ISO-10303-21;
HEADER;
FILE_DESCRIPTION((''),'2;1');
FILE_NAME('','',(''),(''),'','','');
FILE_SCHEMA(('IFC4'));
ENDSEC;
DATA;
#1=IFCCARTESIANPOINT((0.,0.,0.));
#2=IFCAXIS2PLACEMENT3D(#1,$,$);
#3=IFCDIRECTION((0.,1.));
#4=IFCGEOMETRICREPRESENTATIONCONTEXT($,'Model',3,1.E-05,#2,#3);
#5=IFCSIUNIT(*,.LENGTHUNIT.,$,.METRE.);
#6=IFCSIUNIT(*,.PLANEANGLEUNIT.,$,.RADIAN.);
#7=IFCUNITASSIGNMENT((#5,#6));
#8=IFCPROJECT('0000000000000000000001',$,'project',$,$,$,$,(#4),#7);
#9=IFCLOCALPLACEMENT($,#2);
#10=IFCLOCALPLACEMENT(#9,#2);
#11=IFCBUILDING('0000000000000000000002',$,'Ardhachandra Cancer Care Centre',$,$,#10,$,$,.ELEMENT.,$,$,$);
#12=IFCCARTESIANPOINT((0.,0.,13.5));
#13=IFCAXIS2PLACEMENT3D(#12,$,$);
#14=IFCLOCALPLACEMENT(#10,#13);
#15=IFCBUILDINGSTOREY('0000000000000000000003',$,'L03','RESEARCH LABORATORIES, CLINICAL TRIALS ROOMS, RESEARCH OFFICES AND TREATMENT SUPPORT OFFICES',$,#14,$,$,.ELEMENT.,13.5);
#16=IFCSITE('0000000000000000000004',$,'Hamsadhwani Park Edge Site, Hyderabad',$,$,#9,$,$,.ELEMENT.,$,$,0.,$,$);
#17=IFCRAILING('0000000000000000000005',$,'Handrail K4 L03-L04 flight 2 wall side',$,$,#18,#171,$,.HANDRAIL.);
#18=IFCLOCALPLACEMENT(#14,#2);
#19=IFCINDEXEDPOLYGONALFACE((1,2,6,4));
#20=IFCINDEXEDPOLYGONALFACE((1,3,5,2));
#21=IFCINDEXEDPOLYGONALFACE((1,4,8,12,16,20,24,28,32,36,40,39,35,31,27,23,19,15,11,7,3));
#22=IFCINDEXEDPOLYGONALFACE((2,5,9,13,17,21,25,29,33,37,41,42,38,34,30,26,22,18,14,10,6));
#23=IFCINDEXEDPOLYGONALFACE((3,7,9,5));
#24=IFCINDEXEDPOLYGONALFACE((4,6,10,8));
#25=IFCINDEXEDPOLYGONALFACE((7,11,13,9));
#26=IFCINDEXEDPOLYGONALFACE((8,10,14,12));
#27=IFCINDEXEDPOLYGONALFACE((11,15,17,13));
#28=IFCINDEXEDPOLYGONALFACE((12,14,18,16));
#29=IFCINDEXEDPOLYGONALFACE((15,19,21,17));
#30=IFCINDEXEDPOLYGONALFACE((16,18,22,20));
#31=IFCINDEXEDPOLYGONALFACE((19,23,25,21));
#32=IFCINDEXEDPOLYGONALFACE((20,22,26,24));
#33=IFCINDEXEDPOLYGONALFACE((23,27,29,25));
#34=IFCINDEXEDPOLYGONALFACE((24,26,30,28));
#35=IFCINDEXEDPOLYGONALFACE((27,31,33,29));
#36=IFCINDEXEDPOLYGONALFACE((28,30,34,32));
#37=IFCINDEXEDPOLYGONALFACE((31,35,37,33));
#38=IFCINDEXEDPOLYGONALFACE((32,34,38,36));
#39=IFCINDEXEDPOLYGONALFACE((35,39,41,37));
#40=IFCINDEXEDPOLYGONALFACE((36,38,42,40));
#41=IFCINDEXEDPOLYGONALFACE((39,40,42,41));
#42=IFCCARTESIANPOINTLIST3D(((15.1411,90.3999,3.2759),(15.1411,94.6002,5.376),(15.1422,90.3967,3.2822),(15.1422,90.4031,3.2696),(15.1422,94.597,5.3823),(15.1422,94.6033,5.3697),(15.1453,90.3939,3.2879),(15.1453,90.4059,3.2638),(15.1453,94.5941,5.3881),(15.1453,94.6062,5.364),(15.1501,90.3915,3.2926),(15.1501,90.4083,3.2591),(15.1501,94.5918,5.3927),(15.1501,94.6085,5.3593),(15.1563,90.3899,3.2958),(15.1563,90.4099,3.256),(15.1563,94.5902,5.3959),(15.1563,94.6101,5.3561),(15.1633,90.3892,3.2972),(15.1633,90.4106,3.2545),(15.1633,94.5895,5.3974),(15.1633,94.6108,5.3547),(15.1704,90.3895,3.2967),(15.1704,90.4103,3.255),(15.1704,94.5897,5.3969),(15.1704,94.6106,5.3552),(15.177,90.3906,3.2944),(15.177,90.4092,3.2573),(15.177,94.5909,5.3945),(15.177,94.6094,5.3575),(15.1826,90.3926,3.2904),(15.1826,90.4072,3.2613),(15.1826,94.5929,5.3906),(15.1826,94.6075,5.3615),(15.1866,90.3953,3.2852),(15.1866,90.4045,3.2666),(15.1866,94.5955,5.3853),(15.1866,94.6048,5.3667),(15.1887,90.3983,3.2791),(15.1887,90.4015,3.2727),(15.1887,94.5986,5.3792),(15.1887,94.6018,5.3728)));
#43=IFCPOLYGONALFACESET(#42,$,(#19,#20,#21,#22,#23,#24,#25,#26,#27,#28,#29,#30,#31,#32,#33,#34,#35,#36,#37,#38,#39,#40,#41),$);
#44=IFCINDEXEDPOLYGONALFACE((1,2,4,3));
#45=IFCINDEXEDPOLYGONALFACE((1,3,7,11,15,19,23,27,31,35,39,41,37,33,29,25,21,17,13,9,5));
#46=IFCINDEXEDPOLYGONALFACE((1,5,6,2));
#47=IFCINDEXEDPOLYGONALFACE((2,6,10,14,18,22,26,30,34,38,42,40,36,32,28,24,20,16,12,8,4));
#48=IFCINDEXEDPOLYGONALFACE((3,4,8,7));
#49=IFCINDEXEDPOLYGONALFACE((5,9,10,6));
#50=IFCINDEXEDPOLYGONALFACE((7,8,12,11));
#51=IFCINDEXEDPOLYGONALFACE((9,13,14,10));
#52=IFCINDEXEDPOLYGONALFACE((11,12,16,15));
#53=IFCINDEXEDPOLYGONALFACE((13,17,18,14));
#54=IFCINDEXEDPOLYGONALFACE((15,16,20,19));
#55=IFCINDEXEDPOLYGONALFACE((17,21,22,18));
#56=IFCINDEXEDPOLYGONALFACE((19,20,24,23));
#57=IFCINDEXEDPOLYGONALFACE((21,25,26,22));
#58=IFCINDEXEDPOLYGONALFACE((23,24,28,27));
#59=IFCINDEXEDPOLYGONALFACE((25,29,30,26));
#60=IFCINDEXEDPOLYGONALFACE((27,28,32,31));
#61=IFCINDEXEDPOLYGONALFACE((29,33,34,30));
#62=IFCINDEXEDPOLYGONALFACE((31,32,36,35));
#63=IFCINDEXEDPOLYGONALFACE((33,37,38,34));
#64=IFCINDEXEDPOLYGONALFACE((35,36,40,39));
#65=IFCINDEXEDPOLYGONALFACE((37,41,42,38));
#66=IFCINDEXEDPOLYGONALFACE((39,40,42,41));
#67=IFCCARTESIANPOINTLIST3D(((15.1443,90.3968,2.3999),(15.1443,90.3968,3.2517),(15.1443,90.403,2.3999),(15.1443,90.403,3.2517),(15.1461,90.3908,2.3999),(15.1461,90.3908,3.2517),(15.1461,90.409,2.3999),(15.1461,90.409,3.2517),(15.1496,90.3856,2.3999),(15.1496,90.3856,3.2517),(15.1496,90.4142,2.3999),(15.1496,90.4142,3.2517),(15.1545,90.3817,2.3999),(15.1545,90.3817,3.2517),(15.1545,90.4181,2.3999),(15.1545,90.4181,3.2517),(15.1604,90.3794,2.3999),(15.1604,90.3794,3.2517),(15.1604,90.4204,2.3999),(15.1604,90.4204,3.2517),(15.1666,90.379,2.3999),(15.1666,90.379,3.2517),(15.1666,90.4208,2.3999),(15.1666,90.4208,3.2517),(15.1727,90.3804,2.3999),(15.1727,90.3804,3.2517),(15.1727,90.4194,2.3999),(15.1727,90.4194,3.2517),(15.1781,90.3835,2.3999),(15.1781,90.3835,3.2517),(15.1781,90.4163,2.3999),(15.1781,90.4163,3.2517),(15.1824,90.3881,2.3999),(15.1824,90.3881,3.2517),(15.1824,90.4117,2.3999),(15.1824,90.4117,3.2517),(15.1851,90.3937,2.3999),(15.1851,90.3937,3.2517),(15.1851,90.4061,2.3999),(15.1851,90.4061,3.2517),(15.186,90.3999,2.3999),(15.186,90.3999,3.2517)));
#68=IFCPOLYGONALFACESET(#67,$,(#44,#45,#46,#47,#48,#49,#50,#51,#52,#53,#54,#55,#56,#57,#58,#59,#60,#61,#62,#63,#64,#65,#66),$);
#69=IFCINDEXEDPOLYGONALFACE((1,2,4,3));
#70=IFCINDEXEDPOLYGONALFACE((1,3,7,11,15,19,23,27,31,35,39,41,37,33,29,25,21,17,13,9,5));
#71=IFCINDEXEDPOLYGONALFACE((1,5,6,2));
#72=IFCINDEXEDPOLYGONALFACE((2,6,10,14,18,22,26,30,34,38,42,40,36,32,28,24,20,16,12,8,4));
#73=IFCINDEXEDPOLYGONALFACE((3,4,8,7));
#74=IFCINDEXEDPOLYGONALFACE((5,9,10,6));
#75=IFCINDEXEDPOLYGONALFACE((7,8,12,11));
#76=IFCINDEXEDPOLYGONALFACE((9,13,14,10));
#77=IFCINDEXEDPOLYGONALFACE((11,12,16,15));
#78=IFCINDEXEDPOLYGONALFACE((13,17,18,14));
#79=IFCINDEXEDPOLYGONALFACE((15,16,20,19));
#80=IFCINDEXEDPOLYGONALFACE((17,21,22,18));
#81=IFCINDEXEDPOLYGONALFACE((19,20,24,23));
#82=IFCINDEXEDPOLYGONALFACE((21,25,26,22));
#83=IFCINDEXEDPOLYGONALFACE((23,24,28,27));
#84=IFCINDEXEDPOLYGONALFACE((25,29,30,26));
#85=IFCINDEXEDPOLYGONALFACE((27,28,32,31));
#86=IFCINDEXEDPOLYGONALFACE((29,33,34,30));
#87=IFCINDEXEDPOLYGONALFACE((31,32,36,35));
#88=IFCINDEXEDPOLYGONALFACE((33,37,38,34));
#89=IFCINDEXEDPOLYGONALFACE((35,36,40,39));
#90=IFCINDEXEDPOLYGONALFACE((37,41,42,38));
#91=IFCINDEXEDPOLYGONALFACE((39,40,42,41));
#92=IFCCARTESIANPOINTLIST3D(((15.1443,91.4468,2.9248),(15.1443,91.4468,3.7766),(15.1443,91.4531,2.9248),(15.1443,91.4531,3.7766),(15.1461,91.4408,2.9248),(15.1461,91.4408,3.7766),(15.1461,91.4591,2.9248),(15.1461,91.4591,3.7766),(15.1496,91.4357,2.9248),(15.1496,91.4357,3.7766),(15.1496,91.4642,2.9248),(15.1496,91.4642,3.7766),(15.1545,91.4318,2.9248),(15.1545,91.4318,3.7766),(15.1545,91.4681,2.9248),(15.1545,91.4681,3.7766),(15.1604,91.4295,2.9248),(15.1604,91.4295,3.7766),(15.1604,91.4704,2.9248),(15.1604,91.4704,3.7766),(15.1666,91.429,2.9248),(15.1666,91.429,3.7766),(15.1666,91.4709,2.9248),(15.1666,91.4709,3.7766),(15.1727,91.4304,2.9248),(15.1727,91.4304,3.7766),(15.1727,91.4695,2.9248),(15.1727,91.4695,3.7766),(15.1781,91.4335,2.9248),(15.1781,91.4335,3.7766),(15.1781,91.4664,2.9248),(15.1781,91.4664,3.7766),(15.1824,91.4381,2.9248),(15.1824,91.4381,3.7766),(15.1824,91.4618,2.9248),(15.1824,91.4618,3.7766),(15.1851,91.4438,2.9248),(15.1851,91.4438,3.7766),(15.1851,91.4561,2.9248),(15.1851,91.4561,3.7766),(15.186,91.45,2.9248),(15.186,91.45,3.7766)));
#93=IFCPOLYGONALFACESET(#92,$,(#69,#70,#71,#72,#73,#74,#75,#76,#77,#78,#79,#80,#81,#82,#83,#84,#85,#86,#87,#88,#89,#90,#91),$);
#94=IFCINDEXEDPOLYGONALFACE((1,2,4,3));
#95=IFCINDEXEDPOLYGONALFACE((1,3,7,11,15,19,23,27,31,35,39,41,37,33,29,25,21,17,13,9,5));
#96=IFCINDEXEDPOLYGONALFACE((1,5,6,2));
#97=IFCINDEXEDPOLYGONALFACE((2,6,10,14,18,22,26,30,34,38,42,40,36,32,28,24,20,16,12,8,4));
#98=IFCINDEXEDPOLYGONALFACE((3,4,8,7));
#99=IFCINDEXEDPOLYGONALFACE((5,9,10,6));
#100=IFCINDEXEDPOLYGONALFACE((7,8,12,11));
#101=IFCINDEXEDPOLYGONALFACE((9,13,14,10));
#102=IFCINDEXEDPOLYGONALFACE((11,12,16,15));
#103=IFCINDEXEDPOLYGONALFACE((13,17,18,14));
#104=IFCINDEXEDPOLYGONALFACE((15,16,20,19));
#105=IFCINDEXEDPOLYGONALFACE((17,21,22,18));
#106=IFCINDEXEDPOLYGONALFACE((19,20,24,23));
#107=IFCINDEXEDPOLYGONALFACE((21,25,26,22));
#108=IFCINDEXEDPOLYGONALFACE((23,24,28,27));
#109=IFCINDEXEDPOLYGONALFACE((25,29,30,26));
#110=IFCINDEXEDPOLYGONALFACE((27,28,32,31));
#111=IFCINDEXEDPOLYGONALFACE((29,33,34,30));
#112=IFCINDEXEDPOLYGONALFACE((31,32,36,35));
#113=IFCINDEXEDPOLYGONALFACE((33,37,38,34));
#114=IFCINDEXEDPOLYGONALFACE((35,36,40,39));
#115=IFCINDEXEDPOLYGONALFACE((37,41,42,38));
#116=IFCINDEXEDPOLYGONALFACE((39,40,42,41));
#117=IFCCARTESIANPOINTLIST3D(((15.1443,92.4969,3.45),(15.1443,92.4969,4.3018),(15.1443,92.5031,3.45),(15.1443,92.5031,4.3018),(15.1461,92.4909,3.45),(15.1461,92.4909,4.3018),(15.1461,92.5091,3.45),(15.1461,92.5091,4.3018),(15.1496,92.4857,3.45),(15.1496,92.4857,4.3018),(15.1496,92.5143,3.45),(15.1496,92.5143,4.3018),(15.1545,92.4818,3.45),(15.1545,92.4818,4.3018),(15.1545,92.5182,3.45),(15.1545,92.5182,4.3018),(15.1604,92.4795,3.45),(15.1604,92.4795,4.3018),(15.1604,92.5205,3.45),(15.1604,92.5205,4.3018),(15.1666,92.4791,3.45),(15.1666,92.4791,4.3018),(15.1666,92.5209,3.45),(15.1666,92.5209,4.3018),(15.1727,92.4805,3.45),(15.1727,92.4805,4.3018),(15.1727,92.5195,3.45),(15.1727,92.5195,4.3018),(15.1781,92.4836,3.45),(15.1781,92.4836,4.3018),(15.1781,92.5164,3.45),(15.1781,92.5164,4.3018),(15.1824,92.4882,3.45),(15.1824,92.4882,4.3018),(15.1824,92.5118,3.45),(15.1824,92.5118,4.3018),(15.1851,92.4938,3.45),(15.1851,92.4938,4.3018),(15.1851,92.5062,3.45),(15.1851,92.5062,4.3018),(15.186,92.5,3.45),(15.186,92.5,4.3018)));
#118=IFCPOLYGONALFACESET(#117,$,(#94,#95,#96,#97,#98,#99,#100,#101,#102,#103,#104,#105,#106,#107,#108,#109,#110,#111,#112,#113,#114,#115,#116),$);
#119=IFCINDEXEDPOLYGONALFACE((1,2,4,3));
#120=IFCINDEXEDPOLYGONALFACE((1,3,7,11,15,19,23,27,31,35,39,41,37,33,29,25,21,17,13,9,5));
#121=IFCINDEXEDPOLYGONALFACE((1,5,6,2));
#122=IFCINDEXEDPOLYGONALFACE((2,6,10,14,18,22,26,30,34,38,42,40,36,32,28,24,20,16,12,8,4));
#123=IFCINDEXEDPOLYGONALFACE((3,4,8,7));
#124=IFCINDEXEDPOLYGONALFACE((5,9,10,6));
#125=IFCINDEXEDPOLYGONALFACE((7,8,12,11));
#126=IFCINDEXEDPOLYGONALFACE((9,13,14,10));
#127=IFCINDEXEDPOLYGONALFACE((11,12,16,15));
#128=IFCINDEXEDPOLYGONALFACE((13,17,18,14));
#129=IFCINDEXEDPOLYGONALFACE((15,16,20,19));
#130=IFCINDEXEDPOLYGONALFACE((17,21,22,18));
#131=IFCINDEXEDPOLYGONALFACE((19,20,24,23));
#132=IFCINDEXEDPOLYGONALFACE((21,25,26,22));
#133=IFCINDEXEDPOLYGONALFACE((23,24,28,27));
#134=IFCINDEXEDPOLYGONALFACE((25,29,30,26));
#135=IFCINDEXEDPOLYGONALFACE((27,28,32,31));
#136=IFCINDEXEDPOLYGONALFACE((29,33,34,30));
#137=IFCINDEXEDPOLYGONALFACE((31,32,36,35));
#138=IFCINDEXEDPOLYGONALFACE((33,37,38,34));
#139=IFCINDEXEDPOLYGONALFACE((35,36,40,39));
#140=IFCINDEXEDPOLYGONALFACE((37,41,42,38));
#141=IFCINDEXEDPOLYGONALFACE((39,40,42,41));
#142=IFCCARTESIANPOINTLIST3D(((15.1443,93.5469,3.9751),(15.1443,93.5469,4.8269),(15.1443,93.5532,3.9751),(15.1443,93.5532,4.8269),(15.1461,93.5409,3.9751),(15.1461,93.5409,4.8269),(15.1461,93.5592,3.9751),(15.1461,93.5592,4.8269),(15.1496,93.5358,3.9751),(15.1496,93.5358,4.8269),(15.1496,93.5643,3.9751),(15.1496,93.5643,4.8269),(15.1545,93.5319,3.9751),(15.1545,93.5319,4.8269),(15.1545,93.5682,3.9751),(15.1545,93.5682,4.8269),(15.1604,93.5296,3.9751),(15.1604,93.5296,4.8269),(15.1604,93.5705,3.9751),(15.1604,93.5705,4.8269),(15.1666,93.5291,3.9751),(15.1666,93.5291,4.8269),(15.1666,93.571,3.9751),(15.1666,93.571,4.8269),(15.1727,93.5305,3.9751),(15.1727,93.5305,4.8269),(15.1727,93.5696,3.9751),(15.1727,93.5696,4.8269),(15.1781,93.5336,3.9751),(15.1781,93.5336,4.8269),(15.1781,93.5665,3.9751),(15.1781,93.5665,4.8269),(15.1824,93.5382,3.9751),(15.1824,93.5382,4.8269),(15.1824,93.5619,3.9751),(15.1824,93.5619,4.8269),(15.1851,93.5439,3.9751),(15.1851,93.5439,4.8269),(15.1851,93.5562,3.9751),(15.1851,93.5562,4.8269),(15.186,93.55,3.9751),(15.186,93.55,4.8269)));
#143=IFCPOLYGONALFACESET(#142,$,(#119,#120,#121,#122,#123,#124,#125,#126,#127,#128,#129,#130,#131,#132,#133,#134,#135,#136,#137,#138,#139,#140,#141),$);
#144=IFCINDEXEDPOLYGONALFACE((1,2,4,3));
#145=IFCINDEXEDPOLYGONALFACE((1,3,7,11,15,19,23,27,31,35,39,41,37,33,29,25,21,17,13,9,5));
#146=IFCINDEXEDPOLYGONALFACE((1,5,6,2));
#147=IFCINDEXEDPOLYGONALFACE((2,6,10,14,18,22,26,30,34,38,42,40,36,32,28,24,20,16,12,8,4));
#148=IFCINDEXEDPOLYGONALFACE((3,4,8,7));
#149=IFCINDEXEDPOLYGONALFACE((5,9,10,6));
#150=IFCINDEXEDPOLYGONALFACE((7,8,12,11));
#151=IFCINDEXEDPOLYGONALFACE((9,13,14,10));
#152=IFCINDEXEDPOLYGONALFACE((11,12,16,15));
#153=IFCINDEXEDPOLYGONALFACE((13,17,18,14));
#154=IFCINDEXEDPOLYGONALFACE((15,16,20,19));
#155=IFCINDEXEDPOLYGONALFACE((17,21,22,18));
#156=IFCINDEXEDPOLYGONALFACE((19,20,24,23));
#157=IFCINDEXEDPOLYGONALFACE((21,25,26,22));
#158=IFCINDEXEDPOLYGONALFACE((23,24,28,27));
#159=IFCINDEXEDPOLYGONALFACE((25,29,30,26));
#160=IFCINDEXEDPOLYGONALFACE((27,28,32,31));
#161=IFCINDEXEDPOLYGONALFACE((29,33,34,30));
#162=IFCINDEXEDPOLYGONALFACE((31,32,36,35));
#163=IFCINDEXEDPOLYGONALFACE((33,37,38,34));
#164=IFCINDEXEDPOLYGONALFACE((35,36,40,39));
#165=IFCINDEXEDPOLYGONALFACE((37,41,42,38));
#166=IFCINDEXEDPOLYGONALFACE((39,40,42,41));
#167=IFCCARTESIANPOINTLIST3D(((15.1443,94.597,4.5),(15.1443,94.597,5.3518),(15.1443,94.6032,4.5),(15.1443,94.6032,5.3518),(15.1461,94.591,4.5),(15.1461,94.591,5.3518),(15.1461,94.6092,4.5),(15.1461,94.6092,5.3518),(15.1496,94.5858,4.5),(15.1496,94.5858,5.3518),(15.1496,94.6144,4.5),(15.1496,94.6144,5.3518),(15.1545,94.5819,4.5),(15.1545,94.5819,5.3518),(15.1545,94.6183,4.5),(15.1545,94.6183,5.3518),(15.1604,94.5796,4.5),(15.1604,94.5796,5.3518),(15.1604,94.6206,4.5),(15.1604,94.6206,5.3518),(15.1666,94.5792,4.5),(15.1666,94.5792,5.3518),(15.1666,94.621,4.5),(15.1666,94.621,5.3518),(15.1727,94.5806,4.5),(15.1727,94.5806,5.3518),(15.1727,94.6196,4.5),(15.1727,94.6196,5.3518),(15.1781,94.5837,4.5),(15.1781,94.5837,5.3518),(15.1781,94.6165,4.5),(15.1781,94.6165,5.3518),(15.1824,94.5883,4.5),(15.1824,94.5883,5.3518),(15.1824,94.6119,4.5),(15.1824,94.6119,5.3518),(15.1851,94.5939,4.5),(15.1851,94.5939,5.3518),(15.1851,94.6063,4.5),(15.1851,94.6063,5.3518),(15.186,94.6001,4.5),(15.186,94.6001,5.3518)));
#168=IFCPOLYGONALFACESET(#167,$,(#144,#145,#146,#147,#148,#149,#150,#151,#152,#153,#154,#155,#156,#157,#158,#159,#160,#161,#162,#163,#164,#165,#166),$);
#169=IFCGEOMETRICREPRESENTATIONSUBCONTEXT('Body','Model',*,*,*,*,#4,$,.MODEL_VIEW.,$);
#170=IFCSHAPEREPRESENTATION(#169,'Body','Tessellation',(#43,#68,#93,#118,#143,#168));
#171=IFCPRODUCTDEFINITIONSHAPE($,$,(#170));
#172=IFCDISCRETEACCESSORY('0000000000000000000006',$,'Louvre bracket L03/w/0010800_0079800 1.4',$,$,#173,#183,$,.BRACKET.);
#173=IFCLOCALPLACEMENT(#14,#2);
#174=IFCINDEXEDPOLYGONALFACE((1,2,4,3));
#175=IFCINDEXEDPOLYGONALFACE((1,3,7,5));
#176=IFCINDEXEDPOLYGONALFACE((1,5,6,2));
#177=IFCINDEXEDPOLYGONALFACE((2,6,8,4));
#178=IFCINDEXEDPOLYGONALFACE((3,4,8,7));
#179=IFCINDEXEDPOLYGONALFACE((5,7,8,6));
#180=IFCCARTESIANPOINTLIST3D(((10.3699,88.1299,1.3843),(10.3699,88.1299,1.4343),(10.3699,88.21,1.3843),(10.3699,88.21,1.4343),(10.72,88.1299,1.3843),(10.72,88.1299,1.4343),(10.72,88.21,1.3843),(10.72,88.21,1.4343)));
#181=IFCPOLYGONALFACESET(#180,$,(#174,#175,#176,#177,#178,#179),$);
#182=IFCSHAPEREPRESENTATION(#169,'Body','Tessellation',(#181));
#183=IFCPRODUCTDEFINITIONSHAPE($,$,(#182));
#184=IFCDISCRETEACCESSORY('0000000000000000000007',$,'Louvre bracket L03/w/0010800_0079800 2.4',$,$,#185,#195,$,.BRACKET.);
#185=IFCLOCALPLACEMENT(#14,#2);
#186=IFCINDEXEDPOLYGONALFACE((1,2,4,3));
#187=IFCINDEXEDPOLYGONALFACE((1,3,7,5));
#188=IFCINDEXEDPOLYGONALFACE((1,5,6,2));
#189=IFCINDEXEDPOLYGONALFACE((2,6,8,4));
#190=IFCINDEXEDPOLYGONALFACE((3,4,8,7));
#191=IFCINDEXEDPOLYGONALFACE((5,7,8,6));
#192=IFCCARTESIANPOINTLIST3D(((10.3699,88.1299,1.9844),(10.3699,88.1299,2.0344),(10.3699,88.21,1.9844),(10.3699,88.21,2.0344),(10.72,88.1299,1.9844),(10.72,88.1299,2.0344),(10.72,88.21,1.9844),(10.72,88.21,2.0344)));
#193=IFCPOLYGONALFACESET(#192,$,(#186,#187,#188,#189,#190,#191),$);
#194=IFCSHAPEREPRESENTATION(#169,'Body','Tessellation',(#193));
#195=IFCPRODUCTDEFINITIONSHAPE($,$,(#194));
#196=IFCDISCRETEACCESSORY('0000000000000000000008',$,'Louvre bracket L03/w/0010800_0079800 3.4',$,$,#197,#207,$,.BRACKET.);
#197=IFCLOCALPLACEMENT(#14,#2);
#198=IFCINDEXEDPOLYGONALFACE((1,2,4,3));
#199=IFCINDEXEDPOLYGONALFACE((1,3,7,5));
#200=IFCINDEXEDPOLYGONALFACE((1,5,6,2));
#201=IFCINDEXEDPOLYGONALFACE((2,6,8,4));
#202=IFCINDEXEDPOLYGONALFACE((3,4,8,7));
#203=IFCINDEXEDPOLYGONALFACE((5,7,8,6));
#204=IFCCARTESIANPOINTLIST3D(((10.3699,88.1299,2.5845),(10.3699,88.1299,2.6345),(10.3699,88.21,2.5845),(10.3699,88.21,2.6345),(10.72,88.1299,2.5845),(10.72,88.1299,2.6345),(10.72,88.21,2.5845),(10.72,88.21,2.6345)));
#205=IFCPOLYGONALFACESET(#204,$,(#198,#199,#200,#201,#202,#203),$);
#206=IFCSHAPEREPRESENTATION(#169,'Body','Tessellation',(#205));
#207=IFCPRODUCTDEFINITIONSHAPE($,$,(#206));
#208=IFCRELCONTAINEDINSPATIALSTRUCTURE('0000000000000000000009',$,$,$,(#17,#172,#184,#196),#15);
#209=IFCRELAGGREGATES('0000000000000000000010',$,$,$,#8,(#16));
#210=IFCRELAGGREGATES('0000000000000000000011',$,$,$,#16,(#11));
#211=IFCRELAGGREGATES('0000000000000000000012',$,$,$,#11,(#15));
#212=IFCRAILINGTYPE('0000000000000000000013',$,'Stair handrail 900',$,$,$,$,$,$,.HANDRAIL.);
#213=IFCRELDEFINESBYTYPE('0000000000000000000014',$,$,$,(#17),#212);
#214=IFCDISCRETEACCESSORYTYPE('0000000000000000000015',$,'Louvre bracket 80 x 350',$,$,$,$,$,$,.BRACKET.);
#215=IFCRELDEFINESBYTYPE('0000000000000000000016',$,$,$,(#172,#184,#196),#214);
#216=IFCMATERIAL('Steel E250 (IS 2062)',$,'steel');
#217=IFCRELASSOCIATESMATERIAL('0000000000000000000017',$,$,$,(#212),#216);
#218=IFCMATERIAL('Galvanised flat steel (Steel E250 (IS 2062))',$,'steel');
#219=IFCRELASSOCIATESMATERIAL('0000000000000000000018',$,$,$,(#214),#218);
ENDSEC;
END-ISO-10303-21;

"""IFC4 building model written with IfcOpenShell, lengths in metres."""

from ifc_helpers import new_model, si_unit, direction, frame, origin, origin_2d, place, context, subcontext, project, spatial, rectangle, circle, extrude, material, type_object, element, save


model = new_model("IFC4")

# Units and contexts
model_context = context("Model", 3, precision=1e-05, world=origin(), true_north=direction((0.0, 1.0)))
body_context = subcontext(model_context, "Body", "Model", "MODEL_VIEW")
ifc_project = project(units=[si_unit("LENGTHUNIT", "METRE"), si_unit("PLANEANGLEUNIT", "RADIAN")], contexts=[model_context])

# Site, building, storey
site_placement = place(None, origin())
site = spatial("IfcSite", under=ifc_project, at=site_placement, Name="Hamsadhwani Park Edge Site, Hyderabad", CompositionType="ELEMENT", RefElevation=0.0)
building_placement = place(site_placement, origin())
building = spatial("IfcBuilding", under=site, at=building_placement, Name="Ardhachandra Cancer Care Centre", CompositionType="ELEMENT")
storey_placement = place(building_placement, frame((0.0, 0.0, 13.5)))
storey = spatial("IfcBuildingStorey", under=building, at=storey_placement, Name="L03", Description="RESEARCH LABORATORIES, CLINICAL TRIALS ROOMS, RESEARCH OFFICES AND TREATMENT SUPPORT OFFICES", CompositionType="ELEMENT", Elevation=13.5)

# Railing
ifc_material_1 = material(Name="Steel E250 (IS 2062)", Category="steel")
railing_type_1 = type_object("IfcRailingType", Name="Stair handrail 900", PredefinedType="HANDRAIL", material=ifc_material_1)
for number, where, name in (
    (1, (15.165, 90.3999, 2.3999), "Handrail K4 L03-L04 flight 2 wall side"),
):
    element("IfcRailing", number, at=place(storey_placement, frame(where)), inside=storey, type_object=railing_type_1, Name=name, PredefinedType="HANDRAIL", context=body_context, shape_type="SweptSolid", body=[
        extrude(circle(Radius=0.0239, at=origin_2d()), frame((0.0, 0.0, 0.876), z_axis=(0.0, 0.894427, 0.447214), x_axis=(-1.0, 0.0, 0.0)), (0.0, 0.0, 1.0), 4.696),
        extrude(circle(Radius=0.021, at=origin_2d()), origin(), (0.0, 0.0, 1.0), 0.8518),
        extrude(circle(Radius=0.021, at=origin_2d()), frame((0.0, 1.05, 0.5249)), (0.0, 0.0, 1.0), 0.8518),
        extrude(circle(Radius=0.021, at=origin_2d()), frame((0.0, 2.1001, 1.05)), (0.0, 0.0, 1.0), 0.8518),
        extrude(circle(Radius=0.021, at=origin_2d()), frame((0.0, 3.1501, 1.5752)), (0.0, 0.0, 1.0), 0.8518),
        extrude(circle(Radius=0.021, at=origin_2d()), frame((0.0, 4.2002, 2.1001)), (0.0, 0.0, 1.0), 0.8518),
    ])

# Discrete accessories
ifc_material_2 = material(Name="Galvanised flat steel (Steel E250 (IS 2062))", Category="steel")
discrete_accessory_type = type_object("IfcDiscreteAccessoryType", Name="Louvre bracket 80 x 350", PredefinedType="BRACKET", material=ifc_material_2)
for number, where, z_axis, x_axis, name in (
    (2, (10.5449, 88.1699, 1.3843), (0.0, 0.0, 1.0), (0.0, 1.0, 0.0), "Louvre bracket L03/w/0010800_0079800 1.4"),
    (3, (10.5449, 88.1699, 1.9844), (0.0, 0.0, 1.0), (0.0, 1.0, 0.0), "Louvre bracket L03/w/0010800_0079800 2.4"),
    (4, (10.5449, 88.1699, 2.5845), (0.0, 0.0, 1.0), (0.0, 1.0, 0.0), "Louvre bracket L03/w/0010800_0079800 3.4"),
):
    element("IfcDiscreteAccessory", number, at=place(storey_placement, frame(where, z_axis=z_axis, x_axis=x_axis)), inside=storey, type_object=discrete_accessory_type, Name=name, PredefinedType="BRACKET", context=body_context, shape_type="SweptSolid", body=[
        extrude(rectangle(XDim=0.0801, YDim=0.3501, at=origin_2d()), origin(), (0.0, 0.0, 1.0), 0.05),
    ])

save(model, "model.ifc")
